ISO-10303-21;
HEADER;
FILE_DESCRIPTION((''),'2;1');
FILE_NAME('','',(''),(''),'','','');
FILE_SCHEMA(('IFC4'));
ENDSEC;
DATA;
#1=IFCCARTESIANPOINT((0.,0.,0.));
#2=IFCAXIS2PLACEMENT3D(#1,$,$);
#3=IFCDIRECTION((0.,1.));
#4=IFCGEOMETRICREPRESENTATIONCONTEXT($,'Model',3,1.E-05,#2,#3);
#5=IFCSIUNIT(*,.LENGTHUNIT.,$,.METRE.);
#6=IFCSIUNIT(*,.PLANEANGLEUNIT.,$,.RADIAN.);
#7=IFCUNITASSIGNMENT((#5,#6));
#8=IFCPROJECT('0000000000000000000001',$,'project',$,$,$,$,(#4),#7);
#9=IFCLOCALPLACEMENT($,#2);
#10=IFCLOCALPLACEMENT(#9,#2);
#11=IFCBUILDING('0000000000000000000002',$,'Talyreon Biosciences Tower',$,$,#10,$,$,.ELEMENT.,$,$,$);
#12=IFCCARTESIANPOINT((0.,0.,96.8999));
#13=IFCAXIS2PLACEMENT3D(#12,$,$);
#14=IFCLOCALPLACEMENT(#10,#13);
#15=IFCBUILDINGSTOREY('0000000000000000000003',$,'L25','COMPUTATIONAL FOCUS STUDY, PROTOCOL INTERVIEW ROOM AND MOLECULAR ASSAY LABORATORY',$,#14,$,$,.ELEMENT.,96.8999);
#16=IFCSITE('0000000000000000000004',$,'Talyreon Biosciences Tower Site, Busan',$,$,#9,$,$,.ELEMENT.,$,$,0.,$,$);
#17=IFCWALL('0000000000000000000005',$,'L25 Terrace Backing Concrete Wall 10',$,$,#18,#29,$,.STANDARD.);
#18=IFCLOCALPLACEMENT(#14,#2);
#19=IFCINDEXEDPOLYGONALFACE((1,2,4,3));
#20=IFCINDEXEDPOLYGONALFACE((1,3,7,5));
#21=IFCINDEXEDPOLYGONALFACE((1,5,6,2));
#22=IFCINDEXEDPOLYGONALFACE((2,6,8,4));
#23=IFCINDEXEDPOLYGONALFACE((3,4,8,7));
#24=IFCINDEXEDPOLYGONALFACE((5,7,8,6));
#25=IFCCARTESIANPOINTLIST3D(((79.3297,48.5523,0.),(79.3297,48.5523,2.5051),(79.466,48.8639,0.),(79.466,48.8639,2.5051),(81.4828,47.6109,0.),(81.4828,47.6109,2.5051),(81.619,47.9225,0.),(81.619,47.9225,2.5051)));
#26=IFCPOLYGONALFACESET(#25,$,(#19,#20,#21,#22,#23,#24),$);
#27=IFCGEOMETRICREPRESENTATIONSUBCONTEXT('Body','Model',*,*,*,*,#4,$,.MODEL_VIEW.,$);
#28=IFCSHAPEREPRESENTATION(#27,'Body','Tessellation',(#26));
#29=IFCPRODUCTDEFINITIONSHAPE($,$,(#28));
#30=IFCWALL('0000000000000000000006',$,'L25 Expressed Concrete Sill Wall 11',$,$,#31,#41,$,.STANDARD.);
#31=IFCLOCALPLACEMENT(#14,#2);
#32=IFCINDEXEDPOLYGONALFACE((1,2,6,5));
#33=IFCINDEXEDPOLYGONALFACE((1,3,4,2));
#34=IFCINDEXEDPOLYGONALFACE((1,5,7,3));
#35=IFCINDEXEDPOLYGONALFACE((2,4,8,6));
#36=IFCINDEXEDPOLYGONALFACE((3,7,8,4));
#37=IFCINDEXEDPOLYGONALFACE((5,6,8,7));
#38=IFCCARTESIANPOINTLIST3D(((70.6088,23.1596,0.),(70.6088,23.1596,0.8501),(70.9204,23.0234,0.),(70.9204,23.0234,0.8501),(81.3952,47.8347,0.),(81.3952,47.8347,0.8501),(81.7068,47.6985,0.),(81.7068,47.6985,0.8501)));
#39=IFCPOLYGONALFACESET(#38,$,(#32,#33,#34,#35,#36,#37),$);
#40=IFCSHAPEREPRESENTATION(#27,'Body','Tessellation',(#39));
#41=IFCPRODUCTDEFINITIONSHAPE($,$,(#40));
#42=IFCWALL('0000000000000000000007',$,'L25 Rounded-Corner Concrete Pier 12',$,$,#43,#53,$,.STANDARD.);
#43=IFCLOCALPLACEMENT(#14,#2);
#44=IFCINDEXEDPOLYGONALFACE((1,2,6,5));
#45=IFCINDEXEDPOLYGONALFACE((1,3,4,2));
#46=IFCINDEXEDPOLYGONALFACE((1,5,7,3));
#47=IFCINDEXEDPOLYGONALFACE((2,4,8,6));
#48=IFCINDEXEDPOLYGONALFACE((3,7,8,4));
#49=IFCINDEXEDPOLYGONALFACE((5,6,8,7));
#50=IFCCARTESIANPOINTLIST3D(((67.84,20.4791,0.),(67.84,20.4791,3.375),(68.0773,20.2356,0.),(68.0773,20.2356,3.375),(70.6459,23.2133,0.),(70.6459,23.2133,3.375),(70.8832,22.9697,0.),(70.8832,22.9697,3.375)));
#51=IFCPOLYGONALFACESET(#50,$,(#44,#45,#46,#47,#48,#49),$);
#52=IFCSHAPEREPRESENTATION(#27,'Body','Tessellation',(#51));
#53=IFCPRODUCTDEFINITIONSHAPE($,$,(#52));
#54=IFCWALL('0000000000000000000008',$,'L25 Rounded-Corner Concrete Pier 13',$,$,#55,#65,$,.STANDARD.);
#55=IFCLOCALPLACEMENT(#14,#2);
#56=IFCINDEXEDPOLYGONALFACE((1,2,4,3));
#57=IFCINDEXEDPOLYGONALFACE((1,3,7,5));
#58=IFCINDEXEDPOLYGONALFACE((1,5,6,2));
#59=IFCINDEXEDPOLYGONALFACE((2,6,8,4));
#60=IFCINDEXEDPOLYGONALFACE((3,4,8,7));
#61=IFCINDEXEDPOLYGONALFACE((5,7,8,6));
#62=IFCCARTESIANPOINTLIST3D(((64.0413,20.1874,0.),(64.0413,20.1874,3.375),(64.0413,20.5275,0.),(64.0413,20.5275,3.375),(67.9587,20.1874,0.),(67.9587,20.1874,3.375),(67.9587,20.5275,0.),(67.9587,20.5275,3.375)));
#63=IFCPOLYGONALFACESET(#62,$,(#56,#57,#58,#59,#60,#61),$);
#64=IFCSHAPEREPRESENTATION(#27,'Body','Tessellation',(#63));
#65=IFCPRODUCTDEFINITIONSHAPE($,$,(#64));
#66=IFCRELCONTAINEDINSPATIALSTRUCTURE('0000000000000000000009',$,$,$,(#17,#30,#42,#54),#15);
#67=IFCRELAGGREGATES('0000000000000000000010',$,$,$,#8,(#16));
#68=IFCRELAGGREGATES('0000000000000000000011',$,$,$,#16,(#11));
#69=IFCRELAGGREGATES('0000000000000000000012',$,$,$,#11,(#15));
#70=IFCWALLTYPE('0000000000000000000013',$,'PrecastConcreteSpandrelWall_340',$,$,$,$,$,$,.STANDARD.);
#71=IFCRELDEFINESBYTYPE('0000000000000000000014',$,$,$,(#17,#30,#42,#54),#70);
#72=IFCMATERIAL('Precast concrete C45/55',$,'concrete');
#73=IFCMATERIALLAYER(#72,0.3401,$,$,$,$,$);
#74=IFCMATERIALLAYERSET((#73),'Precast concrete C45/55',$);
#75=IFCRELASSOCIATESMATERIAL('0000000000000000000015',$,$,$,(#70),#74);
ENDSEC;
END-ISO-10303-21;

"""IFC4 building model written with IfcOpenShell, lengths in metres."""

from ifc_helpers import new_model, si_unit, direction, frame, frame_2d, origin, place, context, subcontext, project, spatial, rectangle, extrude, material, layer, layer_set, type_object, element, save


model = new_model("IFC4")

# Units and contexts
model_context = context("Model", 3, precision=1e-05, world=origin(), true_north=direction((0.0, 1.0)))
body_context = subcontext(model_context, "Body", "Model", "MODEL_VIEW")
ifc_project = project(units=[si_unit("LENGTHUNIT", "METRE"), si_unit("PLANEANGLEUNIT", "RADIAN")], contexts=[model_context])

# Site, building, storey
site_placement = place(None, origin())
site = spatial("IfcSite", under=ifc_project, at=site_placement, Name="Talyreon Biosciences Tower Site, Busan", CompositionType="ELEMENT", RefElevation=0.0)
building_placement = place(site_placement, origin())
building = spatial("IfcBuilding", under=site, at=building_placement, Name="Talyreon Biosciences Tower", CompositionType="ELEMENT")
storey_placement = place(building_placement, frame((0.0, 0.0, 96.8999)))
storey = spatial("IfcBuildingStorey", under=building, at=storey_placement, Name="L25", Description="COMPUTATIONAL FOCUS STUDY, PROTOCOL INTERVIEW ROOM AND MOLECULAR ASSAY LABORATORY", CompositionType="ELEMENT", Elevation=96.8999)

# Shared definitions
ifc_material_1 = material(Name="Precast concrete C45/55", Category="concrete")

# Walls
ifc_layer_1 = layer(ifc_material_1, 0.3401)
ifc_layer_set_1 = layer_set([ifc_layer_1], Name="Precast concrete C45/55")
wall_type = type_object("IfcWallType", Name="PrecastConcreteSpandrelWall_340", PredefinedType="STANDARD", material=ifc_layer_set_1)
wall_1_placement = place(storey_placement, frame((79.3979, 48.708, 0.0), z_axis=(0.0, 0.0, 1.0), x_axis=(0.916246, -0.400617, 0.0)))
element("IfcWall", 1, at=wall_1_placement, inside=storey, type_object=wall_type, Name="L25 Terrace Backing Concrete Wall 10", PredefinedType="STANDARD", context=body_context, shape_type="SweptSolid", body=[
    extrude(rectangle(XDim=2.3499, YDim=0.3401, at=frame_2d((1.1748, 0.0))), origin(), (0.0, 0.0, 1.0), 2.5051),
])
wall_2_placement = place(storey_placement, frame((81.551, 47.7666, 0.0), z_axis=(0.0, 0.0, 1.0), x_axis=(-0.40054, -0.916279, 0.0)))
element("IfcWall", 2, at=wall_2_placement, inside=storey, type_object=wall_type, Name="L25 Expressed Concrete Sill Wall 11", PredefinedType="STANDARD", context=body_context, shape_type="SweptSolid", body=[
    extrude(rectangle(XDim=26.9297, YDim=0.3401, at=frame_2d((13.4648, 0.0))), origin(), (0.0, 0.0, 1.0), 0.8501),
])
wall_3_placement = place(storey_placement, frame((70.7646, 23.0916, 0.0), z_axis=(0.0, 0.0, 1.0), x_axis=(-0.716208, -0.697887, 0.0)))
element("IfcWall", 3, at=wall_3_placement, inside=storey, type_object=wall_type, Name="L25 Rounded-Corner Concrete Pier 12", PredefinedType="STANDARD", context=body_context, shape_type="SweptSolid", body=[
    extrude(rectangle(XDim=3.9177, YDim=0.3401, at=frame_2d((1.959, 0.0))), origin(), (0.0, 0.0, 1.0), 3.375),
])
wall_4_placement = place(storey_placement, frame((67.9587, 20.3574, 0.0), z_axis=(0.0, 0.0, 1.0), x_axis=(-1.0, 0.0, 0.0)))
element("IfcWall", 4, at=wall_4_placement, inside=storey, type_object=wall_type, Name="L25 Rounded-Corner Concrete Pier 13", PredefinedType="STANDARD", context=body_context, shape_type="SweptSolid", body=[
    extrude(rectangle(XDim=3.9175, YDim=0.3401, at=frame_2d((1.9587, 0.0))), origin(), (0.0, 0.0, 1.0), 3.375),
])

save(model, "model.ifc")
